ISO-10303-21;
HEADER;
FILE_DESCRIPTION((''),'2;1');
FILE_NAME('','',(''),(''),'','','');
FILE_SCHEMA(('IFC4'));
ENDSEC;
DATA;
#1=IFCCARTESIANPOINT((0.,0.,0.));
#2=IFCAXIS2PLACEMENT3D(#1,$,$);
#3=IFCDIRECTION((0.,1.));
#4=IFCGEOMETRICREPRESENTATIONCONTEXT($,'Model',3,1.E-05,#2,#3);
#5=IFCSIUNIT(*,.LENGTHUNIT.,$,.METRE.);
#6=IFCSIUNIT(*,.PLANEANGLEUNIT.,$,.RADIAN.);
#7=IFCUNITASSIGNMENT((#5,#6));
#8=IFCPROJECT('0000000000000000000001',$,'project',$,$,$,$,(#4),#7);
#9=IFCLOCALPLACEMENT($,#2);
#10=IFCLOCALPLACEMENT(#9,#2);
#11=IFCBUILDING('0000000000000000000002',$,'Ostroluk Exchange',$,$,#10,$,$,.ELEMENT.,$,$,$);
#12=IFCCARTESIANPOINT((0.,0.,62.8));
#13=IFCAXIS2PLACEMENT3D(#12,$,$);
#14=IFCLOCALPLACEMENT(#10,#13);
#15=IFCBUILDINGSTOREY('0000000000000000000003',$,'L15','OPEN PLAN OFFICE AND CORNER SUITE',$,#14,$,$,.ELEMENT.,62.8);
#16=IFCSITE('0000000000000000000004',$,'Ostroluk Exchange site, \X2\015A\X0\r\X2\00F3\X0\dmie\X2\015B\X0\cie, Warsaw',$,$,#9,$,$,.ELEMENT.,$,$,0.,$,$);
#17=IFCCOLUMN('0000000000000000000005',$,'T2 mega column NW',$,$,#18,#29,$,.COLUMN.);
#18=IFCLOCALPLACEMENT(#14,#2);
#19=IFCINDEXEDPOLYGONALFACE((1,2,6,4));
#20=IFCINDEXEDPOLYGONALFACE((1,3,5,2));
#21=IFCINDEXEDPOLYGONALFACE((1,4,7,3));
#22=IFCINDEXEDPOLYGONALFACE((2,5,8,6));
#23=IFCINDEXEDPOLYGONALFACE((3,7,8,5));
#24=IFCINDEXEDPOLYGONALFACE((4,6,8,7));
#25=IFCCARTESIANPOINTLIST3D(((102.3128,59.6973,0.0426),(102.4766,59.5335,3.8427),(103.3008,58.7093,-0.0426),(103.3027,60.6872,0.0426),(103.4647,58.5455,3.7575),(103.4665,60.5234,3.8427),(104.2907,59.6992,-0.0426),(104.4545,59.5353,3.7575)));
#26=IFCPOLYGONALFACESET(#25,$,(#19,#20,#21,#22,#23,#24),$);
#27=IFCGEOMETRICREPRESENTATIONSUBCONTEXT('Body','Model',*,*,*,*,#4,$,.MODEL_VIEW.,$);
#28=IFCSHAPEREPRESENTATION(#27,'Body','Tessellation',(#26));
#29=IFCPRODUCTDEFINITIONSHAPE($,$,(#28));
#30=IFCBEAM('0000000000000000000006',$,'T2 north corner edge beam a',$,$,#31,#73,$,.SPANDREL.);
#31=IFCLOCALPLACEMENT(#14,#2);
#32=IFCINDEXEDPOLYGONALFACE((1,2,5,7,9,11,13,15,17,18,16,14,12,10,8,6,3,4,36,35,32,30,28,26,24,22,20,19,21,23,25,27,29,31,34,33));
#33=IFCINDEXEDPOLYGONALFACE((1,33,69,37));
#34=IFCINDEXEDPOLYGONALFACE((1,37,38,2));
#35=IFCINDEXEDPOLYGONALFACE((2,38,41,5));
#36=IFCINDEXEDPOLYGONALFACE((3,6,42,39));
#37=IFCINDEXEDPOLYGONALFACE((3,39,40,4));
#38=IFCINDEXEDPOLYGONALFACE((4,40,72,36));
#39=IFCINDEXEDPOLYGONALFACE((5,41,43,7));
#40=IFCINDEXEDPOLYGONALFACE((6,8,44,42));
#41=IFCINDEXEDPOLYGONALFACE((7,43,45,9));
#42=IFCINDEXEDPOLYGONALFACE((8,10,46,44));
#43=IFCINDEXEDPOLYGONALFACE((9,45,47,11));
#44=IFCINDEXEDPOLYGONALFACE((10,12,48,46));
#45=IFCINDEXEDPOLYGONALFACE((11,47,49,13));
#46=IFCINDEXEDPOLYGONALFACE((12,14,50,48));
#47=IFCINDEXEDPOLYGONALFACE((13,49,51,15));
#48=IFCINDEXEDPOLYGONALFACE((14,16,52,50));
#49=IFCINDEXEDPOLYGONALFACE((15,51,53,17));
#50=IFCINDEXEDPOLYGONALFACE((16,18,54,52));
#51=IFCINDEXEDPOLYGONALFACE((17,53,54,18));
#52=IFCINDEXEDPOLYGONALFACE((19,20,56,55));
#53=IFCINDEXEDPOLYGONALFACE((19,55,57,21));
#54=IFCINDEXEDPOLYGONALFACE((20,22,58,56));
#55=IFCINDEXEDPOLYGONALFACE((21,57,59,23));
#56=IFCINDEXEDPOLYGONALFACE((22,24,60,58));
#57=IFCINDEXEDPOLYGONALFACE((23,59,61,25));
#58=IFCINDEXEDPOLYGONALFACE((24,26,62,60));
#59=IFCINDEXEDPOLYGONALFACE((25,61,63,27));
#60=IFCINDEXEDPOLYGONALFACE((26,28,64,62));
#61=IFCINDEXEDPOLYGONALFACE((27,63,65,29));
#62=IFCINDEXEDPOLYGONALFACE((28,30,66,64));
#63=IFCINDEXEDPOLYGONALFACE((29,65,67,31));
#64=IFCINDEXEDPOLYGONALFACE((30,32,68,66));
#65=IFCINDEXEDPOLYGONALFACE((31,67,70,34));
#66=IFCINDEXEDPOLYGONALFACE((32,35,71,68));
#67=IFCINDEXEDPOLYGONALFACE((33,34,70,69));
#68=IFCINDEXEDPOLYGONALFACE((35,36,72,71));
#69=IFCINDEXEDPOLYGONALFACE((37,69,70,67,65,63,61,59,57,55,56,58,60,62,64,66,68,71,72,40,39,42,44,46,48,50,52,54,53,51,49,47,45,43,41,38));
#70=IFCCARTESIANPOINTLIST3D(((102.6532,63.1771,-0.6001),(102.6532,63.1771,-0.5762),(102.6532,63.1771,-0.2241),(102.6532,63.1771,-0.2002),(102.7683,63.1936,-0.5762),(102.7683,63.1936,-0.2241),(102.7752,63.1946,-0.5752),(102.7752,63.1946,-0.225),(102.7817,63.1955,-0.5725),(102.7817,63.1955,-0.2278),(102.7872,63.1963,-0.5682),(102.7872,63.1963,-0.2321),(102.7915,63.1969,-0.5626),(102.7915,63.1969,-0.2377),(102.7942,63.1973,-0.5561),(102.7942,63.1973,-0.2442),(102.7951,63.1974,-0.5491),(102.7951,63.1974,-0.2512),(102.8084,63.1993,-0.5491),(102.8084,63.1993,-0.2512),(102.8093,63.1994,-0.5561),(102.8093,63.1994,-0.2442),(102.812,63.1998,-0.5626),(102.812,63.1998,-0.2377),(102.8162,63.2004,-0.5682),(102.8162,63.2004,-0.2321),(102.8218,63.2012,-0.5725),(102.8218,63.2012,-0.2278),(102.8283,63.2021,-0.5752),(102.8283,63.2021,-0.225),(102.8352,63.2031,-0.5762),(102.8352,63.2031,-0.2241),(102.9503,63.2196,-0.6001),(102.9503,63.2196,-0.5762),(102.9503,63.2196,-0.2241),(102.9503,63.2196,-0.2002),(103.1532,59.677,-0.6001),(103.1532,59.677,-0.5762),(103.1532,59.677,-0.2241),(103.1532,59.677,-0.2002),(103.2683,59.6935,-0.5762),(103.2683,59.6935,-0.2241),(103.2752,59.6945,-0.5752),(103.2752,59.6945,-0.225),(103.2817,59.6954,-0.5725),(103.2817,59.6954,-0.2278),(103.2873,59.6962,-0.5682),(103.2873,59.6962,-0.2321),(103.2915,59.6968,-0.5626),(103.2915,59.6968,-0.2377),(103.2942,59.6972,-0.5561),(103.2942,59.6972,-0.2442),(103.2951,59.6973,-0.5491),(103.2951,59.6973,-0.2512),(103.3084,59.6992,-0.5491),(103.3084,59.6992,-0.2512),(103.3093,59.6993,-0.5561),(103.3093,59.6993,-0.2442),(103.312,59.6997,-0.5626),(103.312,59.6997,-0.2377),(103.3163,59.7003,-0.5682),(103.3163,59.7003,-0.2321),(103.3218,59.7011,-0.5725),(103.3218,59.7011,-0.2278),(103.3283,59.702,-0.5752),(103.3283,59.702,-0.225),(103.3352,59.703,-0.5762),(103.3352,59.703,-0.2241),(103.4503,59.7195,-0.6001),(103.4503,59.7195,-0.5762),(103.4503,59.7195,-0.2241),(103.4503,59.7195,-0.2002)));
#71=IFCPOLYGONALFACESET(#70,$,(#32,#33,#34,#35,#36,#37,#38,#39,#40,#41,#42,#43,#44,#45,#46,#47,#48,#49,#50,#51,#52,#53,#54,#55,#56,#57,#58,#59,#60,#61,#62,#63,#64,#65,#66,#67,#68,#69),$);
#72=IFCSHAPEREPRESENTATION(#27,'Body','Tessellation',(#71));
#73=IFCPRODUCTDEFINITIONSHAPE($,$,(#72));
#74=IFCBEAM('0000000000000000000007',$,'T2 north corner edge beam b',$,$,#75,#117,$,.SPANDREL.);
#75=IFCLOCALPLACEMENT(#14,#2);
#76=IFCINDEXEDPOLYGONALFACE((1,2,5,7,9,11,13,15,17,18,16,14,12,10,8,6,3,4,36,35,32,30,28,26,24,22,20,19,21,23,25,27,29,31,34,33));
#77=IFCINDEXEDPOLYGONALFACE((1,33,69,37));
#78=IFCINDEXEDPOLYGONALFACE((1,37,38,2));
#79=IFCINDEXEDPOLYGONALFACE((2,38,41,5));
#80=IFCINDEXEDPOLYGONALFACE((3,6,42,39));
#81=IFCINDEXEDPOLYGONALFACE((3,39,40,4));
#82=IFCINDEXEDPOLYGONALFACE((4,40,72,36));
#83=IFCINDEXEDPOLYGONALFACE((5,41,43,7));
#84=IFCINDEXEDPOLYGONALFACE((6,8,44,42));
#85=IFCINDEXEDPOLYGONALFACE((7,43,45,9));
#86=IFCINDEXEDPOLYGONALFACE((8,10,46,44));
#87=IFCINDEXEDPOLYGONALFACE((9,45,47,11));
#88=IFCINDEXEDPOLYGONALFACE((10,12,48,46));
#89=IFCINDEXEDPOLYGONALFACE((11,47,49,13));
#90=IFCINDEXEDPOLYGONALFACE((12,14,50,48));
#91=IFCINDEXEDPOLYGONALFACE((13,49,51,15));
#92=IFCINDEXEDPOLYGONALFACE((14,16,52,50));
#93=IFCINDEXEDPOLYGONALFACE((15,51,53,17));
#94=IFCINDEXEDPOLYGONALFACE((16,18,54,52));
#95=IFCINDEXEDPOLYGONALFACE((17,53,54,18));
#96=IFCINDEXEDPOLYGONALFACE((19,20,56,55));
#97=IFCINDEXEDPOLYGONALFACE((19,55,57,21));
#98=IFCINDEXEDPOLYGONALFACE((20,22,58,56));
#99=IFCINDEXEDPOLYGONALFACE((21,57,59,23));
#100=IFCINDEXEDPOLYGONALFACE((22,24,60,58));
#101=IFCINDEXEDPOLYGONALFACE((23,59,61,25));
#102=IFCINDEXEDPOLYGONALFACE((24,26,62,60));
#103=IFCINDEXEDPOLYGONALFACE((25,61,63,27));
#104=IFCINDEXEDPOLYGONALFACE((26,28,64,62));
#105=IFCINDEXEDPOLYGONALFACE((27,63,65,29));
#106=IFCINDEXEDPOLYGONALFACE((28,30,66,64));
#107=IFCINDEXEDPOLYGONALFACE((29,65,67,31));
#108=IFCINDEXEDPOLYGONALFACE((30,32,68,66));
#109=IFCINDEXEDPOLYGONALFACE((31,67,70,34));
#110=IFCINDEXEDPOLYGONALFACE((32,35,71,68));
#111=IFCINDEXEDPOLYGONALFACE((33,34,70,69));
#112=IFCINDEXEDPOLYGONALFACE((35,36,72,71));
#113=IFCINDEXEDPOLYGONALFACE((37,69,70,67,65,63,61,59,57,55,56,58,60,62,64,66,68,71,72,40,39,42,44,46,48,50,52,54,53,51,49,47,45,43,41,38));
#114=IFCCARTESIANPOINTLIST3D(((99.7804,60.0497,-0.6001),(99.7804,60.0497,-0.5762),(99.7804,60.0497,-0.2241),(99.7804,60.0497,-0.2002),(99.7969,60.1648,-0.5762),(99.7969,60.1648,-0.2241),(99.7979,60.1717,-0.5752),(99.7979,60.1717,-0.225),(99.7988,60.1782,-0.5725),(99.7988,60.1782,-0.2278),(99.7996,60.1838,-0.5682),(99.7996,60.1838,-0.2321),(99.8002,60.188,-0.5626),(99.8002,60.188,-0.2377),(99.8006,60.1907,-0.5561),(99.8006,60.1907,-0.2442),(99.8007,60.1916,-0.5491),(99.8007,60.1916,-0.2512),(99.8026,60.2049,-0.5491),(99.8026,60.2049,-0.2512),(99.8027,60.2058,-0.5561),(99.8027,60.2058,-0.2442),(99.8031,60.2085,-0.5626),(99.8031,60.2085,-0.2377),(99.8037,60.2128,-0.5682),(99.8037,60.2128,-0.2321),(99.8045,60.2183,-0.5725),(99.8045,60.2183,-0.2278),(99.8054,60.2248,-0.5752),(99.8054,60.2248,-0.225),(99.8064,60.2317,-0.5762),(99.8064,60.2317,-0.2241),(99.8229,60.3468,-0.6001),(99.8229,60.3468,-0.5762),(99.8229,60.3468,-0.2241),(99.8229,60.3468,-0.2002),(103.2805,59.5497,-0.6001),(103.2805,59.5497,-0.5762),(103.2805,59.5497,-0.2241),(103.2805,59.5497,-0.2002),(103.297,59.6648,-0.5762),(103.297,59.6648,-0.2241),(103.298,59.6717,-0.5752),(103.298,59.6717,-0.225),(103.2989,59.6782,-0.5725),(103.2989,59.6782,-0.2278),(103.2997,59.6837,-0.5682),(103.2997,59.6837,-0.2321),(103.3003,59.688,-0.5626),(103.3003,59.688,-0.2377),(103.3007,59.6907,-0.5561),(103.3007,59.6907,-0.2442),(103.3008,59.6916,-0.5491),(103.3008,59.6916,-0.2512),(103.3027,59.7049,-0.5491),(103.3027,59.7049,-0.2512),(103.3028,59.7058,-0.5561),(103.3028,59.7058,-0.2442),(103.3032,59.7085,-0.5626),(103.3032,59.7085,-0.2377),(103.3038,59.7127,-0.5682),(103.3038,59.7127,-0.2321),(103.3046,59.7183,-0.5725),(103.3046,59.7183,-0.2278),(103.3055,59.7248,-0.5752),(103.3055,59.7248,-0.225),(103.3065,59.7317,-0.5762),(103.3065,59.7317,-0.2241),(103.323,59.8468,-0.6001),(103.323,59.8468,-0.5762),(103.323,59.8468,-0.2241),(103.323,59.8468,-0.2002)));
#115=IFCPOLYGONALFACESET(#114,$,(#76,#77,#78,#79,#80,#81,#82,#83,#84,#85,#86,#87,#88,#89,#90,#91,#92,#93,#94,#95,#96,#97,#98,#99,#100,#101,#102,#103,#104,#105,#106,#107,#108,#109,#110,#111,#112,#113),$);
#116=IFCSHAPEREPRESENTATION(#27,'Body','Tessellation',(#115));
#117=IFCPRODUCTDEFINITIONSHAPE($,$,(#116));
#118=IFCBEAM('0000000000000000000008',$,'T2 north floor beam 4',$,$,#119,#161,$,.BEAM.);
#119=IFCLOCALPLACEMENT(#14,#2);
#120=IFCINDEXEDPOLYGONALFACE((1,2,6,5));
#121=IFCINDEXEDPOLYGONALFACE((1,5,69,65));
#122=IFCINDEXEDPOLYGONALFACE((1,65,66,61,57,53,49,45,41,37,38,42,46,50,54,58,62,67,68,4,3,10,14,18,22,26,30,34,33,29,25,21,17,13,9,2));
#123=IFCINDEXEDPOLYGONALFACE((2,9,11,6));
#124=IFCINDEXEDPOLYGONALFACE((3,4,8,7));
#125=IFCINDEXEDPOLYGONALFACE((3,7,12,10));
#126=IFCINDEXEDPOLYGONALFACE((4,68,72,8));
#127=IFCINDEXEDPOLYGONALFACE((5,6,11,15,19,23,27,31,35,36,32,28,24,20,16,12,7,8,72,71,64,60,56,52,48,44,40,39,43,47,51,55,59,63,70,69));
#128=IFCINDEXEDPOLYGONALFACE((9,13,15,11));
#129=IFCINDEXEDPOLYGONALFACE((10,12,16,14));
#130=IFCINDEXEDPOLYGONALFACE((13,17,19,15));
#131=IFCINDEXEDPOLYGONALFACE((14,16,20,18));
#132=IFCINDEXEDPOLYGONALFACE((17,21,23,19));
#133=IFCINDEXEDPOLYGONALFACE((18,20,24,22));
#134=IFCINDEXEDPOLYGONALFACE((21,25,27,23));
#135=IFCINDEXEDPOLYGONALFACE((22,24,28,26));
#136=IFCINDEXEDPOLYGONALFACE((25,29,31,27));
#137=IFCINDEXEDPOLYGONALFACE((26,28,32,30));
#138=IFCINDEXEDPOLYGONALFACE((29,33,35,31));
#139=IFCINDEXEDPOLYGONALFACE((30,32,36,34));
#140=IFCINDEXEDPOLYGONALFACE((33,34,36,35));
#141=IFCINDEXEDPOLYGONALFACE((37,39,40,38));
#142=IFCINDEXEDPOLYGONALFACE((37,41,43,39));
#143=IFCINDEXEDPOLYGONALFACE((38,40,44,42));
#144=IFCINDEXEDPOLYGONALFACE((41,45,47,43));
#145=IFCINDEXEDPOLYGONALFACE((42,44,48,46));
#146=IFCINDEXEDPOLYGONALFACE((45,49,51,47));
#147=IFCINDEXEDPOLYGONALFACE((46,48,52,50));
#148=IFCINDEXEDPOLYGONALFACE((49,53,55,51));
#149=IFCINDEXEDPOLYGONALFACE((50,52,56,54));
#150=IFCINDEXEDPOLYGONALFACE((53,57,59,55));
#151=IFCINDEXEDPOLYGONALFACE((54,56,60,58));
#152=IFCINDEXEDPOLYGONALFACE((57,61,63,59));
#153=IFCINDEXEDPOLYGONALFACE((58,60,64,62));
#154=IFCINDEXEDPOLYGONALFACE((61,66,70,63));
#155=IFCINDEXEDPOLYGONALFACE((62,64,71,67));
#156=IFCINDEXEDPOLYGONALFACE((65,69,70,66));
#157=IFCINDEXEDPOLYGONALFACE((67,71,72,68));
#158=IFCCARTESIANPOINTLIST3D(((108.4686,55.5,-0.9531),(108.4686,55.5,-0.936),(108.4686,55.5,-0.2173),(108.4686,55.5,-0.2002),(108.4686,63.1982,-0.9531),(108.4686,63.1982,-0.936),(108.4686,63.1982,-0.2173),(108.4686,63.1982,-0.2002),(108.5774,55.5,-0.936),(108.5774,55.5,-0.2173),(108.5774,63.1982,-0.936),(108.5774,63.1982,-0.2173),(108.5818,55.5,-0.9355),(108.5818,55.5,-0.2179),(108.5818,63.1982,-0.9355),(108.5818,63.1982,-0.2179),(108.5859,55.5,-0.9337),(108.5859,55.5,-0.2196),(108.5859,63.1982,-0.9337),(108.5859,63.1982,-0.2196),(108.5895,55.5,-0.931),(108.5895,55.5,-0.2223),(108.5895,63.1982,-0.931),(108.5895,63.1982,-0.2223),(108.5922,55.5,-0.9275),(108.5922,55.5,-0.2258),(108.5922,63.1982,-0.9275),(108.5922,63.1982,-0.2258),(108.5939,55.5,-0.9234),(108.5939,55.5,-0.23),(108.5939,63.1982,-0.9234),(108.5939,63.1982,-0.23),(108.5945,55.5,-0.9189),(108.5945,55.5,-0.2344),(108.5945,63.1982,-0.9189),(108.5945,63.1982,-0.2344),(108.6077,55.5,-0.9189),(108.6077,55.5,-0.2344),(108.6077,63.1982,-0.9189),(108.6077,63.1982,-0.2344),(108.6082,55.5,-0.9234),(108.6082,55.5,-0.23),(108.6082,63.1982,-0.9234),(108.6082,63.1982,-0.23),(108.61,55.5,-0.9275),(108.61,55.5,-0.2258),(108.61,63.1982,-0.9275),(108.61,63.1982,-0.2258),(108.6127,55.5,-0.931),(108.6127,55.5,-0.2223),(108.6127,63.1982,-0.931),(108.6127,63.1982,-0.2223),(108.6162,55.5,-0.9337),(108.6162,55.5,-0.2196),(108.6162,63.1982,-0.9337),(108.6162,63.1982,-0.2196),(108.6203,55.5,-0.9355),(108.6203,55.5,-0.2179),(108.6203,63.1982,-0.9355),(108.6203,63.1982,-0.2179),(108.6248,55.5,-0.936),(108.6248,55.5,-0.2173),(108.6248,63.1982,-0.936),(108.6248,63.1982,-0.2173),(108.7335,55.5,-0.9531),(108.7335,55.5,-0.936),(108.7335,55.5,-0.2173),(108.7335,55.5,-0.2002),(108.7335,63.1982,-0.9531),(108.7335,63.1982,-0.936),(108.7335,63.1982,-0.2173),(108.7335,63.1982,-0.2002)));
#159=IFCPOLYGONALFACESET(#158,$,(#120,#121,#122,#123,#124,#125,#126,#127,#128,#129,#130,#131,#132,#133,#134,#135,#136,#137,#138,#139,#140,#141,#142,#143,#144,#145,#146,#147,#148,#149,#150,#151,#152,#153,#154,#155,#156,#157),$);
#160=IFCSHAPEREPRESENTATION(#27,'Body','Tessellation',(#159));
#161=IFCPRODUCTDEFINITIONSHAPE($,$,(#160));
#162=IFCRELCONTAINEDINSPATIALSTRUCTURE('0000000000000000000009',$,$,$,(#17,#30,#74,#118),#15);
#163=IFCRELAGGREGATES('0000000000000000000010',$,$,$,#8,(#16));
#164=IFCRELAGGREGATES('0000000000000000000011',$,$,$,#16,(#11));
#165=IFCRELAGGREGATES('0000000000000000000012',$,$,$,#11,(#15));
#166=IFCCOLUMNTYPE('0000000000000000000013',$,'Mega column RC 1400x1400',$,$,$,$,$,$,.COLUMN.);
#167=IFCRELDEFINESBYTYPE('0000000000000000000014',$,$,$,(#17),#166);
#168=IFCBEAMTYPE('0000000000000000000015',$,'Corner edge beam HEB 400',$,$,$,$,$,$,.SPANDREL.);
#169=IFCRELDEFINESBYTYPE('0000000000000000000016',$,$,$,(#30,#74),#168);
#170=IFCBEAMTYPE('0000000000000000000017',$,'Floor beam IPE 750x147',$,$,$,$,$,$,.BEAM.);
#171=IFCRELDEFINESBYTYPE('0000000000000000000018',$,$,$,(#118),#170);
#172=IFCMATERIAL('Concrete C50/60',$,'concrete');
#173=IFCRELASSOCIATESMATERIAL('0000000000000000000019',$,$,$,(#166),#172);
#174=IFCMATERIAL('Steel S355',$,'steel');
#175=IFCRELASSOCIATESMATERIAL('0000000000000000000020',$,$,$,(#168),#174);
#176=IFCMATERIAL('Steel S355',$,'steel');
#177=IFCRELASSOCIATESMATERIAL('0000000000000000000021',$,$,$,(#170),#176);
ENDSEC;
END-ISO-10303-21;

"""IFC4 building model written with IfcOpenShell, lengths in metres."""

from ifc_helpers import new_model, si_unit, direction, frame, origin, origin_2d, place, context, subcontext, project, spatial, rectangle, i_section, extrude, material, material_profile, profile_set, type_object, element, save


model = new_model("IFC4")

# Units and contexts
model_context = context("Model", 3, precision=1e-05, world=origin(), true_north=direction((0.0, 1.0)))
body_context = subcontext(model_context, "Body", "Model", "MODEL_VIEW")
ifc_project = project(units=[si_unit("LENGTHUNIT", "METRE"), si_unit("PLANEANGLEUNIT", "RADIAN")], contexts=[model_context])

# Site, building, storey
site_placement = place(None, origin())
site = spatial("IfcSite", under=ifc_project, at=site_placement, Name="Ostroluk Exchange site, Śródmieście, Warsaw", CompositionType="ELEMENT", RefElevation=0.0)
building_placement = place(site_placement, origin())
building = spatial("IfcBuilding", under=site, at=building_placement, Name="Ostroluk Exchange", CompositionType="ELEMENT")
storey_placement = place(building_placement, frame((0.0, 0.0, 62.8)))
storey = spatial("IfcBuildingStorey", under=building, at=storey_placement, Name="L15", Description="OPEN PLAN OFFICE AND CORNER SUITE", CompositionType="ELEMENT", Elevation=62.8)

# Column
ifc_material_1 = material(Name="Concrete C50/60", Category="concrete")
ifc_material_profile_1 = material_profile(ifc_material_1, rectangle(XDim=1.3999, YDim=1.3999, at=origin_2d()), Name="RC 1400x1400")
ifc_profile_set_1 = profile_set([ifc_material_profile_1], Name="Concrete C50/60")
column_type = type_object("IfcColumnType", Name="Mega column RC 1400x1400", PredefinedType="COLUMN", material=ifc_profile_set_1)
column_placement = place(storey_placement, frame((103.3018, 59.6982, 0.0), z_axis=(0.04303, -0.04303, 0.998147), x_axis=(0.707107, 0.707107, 0.0)))
element("IfcColumn", 1, at=column_placement, inside=storey, type_object=column_type, Name="T2 mega column NW", PredefinedType="COLUMN", context=body_context, shape_type="SweptSolid", body=[
    extrude(rectangle(XDim=1.3999, YDim=1.3999, at=origin_2d()), origin(), (0.0, 0.0, 1.0), 3.8071),
])

# Beams
ifc_material_2 = material(Name="Steel S355", Category="steel")
ifc_material_profile_2 = material_profile(ifc_material_2, i_section(OverallWidth=0.3, OverallDepth=0.3999, WebThickness=0.0134, FlangeThickness=0.0239, FilletRadius=0.0271, at=origin_2d()), Name="HEB 400")
ifc_profile_set_2 = profile_set([ifc_material_profile_2], Name="Steel S355")
beam_type_1 = type_object("IfcBeamType", Name="Corner edge beam HEB 400", PredefinedType="SPANDREL", material=ifc_profile_set_2)
for number, where, z_axis, x_axis, name in (
    (2, (103.3018, 59.6982, -0.4001), (-0.141421, 0.989949, 0.0), (-0.989949, -0.141421, 0.0), "T2 north corner edge beam a"),
    (3, (103.3018, 59.6982, -0.4001), (-0.989949, 0.141421, 0.0), (-0.141421, -0.989949, 0.0), "T2 north corner edge beam b"),
):
    element("IfcBeam", number, at=place(storey_placement, frame(where, z_axis=z_axis, x_axis=x_axis)), inside=storey, type_object=beam_type_1, Name=name, PredefinedType="SPANDREL", context=body_context, shape_type="SweptSolid", body=[
        extrude(i_section(OverallWidth=0.3, OverallDepth=0.3999, WebThickness=0.0134, FlangeThickness=0.0239, FilletRadius=0.0271, at=origin_2d()), origin(), (0.0, 0.0, 1.0), 3.5356),
    ])
ifc_material_3 = material(Name="Steel S355", Category="steel")
ifc_material_profile_3 = material_profile(ifc_material_3, i_section(OverallWidth=0.2649, OverallDepth=0.7529, WebThickness=0.0132, FlangeThickness=0.0171, FilletRadius=0.0171, at=origin_2d()), Name="IPE 750x147")
ifc_profile_set_3 = profile_set([ifc_material_profile_3], Name="Steel S355")
beam_type_2 = type_object("IfcBeamType", Name="Floor beam IPE 750x147", PredefinedType="BEAM", material=ifc_profile_set_3)
beam_1_placement = place(storey_placement, frame((108.6011, 55.5, -0.5767), z_axis=(0.0, 1.0, 0.0), x_axis=(-1.0, 0.0, 0.0)))
element("IfcBeam", 4, at=beam_1_placement, inside=storey, type_object=beam_type_2, Name="T2 north floor beam 4", PredefinedType="BEAM", context=body_context, shape_type="SweptSolid", body=[
    extrude(i_section(OverallWidth=0.2649, OverallDepth=0.7529, WebThickness=0.0132, FlangeThickness=0.0171, FilletRadius=0.0171, at=origin_2d()), origin(), (0.0, 0.0, 1.0), 7.6982),
])

save(model, "model.ifc")
